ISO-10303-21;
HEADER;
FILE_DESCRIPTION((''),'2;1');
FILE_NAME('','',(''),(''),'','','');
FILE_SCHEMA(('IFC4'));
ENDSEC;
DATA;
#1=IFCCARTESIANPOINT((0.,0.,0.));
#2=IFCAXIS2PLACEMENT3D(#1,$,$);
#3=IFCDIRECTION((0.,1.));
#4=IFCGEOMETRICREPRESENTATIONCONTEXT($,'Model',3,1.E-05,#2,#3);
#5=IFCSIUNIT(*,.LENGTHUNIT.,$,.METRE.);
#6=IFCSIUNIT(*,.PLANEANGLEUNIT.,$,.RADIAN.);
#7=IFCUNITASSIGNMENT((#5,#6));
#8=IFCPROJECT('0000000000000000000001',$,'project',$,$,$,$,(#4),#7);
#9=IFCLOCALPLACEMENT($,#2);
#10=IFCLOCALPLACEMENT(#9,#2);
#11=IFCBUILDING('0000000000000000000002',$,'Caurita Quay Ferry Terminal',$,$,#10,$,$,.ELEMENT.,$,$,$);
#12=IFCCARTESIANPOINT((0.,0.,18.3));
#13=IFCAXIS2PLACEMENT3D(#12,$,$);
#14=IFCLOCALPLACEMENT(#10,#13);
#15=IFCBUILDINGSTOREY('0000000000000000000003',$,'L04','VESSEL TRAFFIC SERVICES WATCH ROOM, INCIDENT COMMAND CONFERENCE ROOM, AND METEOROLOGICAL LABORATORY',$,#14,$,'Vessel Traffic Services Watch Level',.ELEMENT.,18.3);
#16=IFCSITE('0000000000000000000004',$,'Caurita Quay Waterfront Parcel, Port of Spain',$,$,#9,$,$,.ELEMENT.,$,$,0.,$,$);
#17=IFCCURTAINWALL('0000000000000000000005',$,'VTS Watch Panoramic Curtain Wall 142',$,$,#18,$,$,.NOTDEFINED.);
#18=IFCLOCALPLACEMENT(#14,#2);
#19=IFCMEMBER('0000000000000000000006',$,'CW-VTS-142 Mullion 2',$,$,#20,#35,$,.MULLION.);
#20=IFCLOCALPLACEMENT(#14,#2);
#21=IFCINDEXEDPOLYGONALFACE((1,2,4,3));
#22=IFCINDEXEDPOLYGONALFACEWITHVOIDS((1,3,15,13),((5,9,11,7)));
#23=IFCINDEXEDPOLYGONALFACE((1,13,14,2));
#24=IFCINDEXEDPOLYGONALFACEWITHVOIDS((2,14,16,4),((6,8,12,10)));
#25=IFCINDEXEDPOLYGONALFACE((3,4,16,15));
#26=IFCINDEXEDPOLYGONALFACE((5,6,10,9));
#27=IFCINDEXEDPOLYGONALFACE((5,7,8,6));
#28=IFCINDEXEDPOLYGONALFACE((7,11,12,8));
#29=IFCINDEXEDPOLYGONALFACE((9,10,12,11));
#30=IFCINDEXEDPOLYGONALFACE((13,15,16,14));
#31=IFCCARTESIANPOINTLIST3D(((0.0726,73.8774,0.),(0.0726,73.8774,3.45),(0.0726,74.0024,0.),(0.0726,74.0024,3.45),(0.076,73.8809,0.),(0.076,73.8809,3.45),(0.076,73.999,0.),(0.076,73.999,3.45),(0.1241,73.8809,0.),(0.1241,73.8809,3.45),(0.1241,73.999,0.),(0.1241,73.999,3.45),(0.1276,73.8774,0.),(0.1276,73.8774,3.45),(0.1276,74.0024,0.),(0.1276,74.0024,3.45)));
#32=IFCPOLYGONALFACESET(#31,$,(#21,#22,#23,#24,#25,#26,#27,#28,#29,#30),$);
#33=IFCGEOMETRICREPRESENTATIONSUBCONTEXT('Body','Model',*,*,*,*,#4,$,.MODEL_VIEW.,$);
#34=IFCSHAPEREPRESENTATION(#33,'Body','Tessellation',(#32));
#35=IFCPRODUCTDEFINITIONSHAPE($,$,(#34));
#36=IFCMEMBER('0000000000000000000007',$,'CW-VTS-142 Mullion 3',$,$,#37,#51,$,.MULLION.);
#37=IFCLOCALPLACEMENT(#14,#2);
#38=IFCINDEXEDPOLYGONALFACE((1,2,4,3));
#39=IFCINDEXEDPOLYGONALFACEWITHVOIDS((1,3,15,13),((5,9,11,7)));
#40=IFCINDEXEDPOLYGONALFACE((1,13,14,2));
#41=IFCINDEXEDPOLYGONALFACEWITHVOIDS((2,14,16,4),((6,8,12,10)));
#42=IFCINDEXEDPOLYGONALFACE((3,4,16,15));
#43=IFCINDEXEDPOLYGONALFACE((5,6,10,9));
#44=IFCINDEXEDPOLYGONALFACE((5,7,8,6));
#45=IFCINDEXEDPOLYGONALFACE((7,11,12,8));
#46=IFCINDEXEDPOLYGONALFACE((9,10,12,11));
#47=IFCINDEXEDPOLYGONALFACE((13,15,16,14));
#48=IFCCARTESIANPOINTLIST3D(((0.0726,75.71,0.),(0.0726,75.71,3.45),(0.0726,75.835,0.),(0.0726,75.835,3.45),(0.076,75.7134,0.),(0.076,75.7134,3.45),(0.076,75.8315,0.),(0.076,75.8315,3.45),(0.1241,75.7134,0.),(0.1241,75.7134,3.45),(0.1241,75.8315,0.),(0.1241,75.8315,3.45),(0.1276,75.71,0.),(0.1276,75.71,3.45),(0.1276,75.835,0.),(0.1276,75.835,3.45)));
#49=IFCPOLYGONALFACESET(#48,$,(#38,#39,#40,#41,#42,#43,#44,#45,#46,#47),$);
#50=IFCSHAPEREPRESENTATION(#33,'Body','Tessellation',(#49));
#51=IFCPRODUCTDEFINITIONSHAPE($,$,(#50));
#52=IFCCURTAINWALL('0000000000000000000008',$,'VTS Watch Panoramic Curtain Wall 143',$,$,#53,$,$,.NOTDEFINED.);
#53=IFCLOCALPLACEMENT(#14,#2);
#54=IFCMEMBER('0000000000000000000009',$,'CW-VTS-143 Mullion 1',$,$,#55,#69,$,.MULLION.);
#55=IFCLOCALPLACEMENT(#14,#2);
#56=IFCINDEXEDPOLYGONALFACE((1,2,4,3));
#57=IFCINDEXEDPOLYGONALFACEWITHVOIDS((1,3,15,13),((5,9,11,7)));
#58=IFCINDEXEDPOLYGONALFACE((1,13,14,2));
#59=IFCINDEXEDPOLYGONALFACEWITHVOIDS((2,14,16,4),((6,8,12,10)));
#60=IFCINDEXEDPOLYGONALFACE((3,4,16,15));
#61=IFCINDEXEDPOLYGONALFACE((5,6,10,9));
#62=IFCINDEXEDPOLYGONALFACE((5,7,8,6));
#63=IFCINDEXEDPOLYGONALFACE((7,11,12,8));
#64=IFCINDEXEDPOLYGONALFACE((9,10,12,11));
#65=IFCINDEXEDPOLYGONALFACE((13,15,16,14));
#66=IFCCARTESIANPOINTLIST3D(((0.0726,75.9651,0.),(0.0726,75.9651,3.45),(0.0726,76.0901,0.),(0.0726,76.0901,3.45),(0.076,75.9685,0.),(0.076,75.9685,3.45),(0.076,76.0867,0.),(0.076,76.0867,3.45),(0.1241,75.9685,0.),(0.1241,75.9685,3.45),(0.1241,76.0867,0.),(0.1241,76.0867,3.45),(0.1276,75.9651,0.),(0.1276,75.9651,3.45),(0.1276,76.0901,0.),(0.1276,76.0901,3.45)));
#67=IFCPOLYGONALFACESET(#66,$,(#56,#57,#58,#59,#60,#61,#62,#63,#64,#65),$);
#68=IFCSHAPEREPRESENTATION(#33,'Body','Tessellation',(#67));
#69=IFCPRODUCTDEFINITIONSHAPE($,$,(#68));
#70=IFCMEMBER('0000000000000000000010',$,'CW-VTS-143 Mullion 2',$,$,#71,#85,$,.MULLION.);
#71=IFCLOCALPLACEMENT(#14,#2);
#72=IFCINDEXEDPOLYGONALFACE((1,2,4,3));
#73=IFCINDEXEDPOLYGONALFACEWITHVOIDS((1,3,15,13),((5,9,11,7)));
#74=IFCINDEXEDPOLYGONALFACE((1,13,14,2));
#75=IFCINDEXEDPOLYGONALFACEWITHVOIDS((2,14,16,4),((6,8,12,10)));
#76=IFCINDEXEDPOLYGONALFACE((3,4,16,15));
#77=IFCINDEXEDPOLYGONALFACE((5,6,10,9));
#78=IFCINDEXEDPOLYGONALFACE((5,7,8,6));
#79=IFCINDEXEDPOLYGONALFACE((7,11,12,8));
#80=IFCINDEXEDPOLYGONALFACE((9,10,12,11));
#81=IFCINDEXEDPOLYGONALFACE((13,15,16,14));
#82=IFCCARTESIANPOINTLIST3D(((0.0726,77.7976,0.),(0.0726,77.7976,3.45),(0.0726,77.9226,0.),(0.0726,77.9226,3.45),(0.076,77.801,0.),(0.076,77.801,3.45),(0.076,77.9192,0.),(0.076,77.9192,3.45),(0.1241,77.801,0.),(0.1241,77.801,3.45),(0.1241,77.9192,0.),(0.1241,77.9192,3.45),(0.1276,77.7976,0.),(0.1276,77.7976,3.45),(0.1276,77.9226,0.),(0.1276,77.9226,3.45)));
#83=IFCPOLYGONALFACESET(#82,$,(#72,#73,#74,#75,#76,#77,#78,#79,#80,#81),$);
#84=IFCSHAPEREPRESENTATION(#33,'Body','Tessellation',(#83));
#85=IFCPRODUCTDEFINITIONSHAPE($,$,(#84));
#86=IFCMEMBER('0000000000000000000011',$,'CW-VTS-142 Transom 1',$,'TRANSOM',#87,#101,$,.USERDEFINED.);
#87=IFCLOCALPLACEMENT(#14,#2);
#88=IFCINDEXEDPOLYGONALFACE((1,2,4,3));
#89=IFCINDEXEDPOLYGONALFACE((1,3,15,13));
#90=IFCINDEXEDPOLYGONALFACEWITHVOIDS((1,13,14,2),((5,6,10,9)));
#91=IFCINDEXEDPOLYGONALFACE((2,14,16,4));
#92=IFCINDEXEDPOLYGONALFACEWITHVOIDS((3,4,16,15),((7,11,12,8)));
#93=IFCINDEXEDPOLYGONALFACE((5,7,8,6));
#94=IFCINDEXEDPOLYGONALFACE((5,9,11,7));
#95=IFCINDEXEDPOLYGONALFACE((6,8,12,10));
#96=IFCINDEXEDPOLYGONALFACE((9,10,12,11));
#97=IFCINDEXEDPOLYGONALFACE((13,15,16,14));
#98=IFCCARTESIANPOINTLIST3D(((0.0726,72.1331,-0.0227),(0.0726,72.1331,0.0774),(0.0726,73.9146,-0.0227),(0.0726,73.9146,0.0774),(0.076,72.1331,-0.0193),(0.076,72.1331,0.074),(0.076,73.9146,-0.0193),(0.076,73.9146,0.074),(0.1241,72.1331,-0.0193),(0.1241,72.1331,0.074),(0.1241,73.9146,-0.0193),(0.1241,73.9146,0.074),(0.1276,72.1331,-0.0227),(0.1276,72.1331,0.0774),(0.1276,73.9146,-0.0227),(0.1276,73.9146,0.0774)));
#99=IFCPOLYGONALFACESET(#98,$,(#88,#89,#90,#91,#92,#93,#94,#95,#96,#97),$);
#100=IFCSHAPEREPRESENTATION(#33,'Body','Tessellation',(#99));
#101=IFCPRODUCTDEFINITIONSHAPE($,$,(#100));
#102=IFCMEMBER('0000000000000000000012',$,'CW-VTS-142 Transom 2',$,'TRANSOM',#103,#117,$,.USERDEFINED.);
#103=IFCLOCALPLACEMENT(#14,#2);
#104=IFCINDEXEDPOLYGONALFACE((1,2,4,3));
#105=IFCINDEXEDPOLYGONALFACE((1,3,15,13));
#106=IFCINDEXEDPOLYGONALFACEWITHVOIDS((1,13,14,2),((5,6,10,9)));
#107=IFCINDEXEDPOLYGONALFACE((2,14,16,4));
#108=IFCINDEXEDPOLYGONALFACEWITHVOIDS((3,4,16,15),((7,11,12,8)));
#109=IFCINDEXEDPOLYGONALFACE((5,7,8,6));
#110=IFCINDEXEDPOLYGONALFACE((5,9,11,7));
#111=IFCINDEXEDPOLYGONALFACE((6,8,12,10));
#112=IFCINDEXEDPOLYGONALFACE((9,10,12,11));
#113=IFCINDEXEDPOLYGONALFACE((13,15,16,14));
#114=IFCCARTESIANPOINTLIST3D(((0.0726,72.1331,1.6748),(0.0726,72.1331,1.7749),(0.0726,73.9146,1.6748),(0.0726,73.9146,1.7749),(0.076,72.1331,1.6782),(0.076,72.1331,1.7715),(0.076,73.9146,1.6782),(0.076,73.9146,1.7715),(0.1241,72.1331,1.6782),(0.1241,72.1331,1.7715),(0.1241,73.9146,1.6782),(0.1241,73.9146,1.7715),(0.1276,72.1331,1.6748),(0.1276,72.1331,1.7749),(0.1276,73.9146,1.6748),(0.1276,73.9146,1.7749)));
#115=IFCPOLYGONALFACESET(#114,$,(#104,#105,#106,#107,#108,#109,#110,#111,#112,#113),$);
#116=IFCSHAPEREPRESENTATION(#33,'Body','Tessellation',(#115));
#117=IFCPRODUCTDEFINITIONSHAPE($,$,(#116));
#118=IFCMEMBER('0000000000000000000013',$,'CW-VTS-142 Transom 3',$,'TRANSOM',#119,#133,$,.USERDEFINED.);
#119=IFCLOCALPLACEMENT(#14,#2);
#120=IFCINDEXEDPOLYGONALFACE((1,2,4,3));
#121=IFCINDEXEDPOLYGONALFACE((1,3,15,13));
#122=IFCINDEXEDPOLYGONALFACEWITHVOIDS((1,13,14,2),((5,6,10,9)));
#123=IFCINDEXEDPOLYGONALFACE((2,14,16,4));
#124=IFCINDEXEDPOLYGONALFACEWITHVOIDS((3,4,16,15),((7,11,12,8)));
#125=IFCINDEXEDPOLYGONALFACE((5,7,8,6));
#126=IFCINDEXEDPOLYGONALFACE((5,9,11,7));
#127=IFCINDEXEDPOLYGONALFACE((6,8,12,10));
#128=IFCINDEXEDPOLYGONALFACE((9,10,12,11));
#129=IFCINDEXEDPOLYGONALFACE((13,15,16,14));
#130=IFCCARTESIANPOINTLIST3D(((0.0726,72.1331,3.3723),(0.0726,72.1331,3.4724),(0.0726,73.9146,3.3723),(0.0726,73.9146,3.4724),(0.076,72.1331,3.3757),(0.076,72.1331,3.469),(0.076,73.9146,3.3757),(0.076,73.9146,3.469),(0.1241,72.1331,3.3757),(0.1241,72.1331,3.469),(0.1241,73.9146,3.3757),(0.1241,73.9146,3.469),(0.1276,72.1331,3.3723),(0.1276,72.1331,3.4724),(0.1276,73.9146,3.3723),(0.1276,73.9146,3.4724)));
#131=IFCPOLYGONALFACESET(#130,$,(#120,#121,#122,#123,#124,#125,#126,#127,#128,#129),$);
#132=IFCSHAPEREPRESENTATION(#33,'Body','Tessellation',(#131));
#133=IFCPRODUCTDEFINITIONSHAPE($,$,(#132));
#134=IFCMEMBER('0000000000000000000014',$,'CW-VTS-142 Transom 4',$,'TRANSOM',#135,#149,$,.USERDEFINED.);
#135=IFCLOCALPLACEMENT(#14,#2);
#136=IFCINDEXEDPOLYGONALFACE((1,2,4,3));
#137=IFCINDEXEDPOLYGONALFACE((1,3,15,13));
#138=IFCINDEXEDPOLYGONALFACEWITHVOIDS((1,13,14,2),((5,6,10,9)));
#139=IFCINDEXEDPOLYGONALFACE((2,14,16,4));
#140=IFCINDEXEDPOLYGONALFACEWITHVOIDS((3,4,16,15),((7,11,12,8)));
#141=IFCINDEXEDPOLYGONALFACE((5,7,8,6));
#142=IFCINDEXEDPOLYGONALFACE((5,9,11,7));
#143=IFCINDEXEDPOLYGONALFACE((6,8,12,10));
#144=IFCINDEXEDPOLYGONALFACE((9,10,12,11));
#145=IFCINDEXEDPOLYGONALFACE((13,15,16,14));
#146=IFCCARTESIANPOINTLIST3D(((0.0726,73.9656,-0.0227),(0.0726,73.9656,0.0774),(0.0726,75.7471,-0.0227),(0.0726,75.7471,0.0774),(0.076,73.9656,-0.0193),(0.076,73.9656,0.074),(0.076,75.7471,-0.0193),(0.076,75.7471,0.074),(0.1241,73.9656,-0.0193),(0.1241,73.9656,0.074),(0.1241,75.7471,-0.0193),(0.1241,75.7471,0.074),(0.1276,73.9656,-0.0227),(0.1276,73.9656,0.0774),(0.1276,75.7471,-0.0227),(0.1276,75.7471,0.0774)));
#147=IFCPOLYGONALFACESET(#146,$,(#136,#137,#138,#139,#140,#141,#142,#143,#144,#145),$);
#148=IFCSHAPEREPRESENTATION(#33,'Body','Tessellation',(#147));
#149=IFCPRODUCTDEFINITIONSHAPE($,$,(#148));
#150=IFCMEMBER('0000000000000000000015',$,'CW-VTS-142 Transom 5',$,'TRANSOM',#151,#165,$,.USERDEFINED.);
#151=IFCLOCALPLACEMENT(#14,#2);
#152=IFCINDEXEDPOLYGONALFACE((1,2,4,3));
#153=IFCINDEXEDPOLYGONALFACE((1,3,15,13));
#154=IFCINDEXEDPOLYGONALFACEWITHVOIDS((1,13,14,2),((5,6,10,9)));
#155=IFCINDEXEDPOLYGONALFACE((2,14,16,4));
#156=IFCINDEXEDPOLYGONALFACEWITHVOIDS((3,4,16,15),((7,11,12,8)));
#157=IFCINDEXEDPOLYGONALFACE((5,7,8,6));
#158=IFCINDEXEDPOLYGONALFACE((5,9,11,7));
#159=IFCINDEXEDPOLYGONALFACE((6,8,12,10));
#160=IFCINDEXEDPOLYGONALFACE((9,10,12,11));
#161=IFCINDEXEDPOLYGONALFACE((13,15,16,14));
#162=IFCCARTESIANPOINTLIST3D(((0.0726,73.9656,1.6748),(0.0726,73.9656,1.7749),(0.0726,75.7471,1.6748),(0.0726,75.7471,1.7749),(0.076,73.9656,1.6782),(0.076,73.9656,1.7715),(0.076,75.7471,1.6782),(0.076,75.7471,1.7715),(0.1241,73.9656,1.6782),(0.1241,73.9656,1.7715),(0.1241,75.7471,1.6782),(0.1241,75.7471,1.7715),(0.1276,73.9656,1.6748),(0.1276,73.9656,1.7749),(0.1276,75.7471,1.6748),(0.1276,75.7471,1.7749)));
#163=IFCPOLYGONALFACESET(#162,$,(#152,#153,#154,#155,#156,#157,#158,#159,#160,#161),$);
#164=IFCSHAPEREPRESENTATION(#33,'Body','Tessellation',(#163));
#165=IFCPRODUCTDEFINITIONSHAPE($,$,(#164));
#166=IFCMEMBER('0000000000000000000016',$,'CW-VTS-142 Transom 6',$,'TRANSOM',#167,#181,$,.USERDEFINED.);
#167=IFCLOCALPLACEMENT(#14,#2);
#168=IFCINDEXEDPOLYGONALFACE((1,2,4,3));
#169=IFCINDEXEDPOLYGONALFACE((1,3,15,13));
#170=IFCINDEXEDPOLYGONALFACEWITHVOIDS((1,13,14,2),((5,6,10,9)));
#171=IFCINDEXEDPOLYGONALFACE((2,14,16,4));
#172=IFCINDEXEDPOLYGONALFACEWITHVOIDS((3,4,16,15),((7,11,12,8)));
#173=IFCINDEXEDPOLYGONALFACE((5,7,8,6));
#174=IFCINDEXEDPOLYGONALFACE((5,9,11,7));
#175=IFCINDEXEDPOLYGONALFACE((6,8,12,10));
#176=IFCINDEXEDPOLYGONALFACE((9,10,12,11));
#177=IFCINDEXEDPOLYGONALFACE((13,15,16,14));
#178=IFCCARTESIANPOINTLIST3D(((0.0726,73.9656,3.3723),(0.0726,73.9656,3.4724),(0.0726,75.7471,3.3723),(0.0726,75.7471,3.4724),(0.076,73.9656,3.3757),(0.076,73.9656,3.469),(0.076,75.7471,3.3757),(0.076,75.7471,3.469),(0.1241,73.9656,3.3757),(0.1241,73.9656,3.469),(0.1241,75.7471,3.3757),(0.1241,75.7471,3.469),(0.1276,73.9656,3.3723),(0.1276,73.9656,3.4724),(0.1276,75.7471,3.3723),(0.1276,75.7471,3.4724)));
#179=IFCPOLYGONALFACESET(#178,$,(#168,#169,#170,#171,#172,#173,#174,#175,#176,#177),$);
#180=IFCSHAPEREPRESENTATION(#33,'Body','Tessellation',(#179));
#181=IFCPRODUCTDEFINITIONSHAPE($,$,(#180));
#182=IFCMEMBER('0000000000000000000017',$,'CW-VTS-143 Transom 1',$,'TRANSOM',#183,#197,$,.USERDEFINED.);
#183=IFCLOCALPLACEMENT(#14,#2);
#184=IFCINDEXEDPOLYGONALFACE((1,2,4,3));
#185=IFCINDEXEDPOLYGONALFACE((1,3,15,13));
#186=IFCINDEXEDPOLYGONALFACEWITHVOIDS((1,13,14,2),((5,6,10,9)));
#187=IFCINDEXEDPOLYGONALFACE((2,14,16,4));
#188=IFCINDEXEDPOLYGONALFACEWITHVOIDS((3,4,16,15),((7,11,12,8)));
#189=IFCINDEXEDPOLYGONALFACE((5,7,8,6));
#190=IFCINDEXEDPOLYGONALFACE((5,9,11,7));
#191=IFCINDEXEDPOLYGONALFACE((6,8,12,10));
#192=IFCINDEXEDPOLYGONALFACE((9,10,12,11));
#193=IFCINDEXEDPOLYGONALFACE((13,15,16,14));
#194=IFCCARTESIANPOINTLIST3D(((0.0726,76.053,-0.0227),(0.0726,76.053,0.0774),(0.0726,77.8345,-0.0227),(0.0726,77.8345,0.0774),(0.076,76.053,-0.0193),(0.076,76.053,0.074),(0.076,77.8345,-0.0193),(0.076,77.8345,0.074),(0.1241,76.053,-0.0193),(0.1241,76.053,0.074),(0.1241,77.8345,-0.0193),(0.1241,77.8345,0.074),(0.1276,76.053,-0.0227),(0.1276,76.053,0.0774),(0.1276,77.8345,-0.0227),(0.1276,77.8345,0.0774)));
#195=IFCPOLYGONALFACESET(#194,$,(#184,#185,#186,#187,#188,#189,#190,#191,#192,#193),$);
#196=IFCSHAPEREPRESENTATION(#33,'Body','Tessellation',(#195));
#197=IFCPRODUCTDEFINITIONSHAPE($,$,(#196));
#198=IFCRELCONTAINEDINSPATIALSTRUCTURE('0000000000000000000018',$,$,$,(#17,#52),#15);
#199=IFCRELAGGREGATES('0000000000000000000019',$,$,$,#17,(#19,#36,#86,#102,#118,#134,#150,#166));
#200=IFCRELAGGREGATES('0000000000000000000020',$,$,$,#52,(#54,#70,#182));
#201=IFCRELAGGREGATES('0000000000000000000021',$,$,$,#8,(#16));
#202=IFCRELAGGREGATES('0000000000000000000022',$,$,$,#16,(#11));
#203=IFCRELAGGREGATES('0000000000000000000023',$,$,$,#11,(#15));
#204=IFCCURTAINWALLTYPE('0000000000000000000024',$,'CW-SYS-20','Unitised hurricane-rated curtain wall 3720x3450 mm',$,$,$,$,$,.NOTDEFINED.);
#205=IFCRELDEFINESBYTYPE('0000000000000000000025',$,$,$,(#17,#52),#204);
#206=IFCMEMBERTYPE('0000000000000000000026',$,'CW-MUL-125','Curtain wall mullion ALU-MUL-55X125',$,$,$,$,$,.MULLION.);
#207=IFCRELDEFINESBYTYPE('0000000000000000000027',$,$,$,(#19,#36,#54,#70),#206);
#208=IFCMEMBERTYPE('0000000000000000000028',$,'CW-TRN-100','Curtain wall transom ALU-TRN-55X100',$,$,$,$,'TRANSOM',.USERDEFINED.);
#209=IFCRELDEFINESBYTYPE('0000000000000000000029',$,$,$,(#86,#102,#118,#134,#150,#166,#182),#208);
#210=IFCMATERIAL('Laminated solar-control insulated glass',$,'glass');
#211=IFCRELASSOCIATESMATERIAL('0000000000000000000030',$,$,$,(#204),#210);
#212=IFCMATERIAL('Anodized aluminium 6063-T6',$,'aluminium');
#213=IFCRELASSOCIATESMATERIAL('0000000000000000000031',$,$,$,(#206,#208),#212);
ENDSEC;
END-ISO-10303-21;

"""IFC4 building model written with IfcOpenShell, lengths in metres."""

from ifc_helpers import new_model, si_unit, direction, frame, origin, origin_2d, place, context, subcontext, project, spatial, hollow_rectangle, extrude, material, material_profile, profile_set, type_object, element, aggregate, save


model = new_model("IFC4")

# Units and contexts
model_context = context("Model", 3, precision=1e-05, world=origin(), true_north=direction((0.0, 1.0)))
body_context = subcontext(model_context, "Body", "Model", "MODEL_VIEW")
ifc_project = project(units=[si_unit("LENGTHUNIT", "METRE"), si_unit("PLANEANGLEUNIT", "RADIAN")], contexts=[model_context])

# Site, building, storey
site_placement = place(None, origin())
site = spatial("IfcSite", under=ifc_project, at=site_placement, Name="Caurita Quay Waterfront Parcel, Port of Spain", CompositionType="ELEMENT", RefElevation=0.0)
building_placement = place(site_placement, origin())
building = spatial("IfcBuilding", under=site, at=building_placement, Name="Caurita Quay Ferry Terminal", CompositionType="ELEMENT")
storey_placement = place(building_placement, frame((0.0, 0.0, 18.3)))
storey = spatial("IfcBuildingStorey", under=building, at=storey_placement, Name="L04", Description="VESSEL TRAFFIC SERVICES WATCH ROOM, INCIDENT COMMAND CONFERENCE ROOM, AND METEOROLOGICAL LABORATORY", LongName="Vessel Traffic Services Watch Level", CompositionType="ELEMENT", Elevation=18.3)

# Curtain walls, members
ifc_material_1 = material(Name="Laminated solar-control insulated glass", Category="glass")
curtain_wall_type = type_object("IfcCurtainWallType", Name="CW-SYS-20", Description="Unitised hurricane-rated curtain wall 3720x3450 mm", PredefinedType="NOTDEFINED", material=ifc_material_1)
curtain_wall_1_placement = place(storey_placement, origin())
curtain_wall_1 = element("IfcCurtainWall", 1, at=curtain_wall_1_placement, inside=storey, type_object=curtain_wall_type, Name="VTS Watch Panoramic Curtain Wall 142", PredefinedType="NOTDEFINED")
ifc_material_2 = material(Name="Anodized aluminium 6063-T6", Category="aluminium")
ifc_material_profile_1 = material_profile(ifc_material_2, hollow_rectangle(XDim=0.0549, YDim=0.125, WallThickness=0.0034, at=origin_2d()), Name="ALU-MUL-55X125")
ifc_profile_set_1 = profile_set([ifc_material_profile_1], Name="Anodized aluminium 6063-T6")
member_type_1 = type_object("IfcMemberType", Name="CW-MUL-125", Description="Curtain wall mullion ALU-MUL-55X125", PredefinedType="MULLION", material=ifc_profile_set_1)
member_1_placement = place(storey_placement, frame((0.1001, 73.9399, 0.0), z_axis=(0.0, 0.0, 1.0), x_axis=(-1.0, 0.0, 0.0)))
member_1 = element("IfcMember", 2, at=member_1_placement, type_object=member_type_1, Name="CW-VTS-142 Mullion 2", PredefinedType="MULLION", context=body_context, shape_type="SweptSolid", body=[
    extrude(hollow_rectangle(XDim=0.0549, YDim=0.125, WallThickness=0.0034, at=origin_2d()), origin(), (0.0, 0.0, 1.0), 3.45),
])
member_2_placement = place(storey_placement, frame((0.1001, 75.7725, 0.0), z_axis=(0.0, 0.0, 1.0), x_axis=(-1.0, 0.0, 0.0)))
member_2 = element("IfcMember", 3, at=member_2_placement, type_object=member_type_1, Name="CW-VTS-142 Mullion 3", PredefinedType="MULLION", context=body_context, shape_type="SweptSolid", body=[
    extrude(hollow_rectangle(XDim=0.0549, YDim=0.125, WallThickness=0.0034, at=origin_2d()), origin(), (0.0, 0.0, 1.0), 3.45),
])
curtain_wall_2_placement = place(storey_placement, origin())
curtain_wall_2 = element("IfcCurtainWall", 4, at=curtain_wall_2_placement, inside=storey, type_object=curtain_wall_type, Name="VTS Watch Panoramic Curtain Wall 143", PredefinedType="NOTDEFINED")
member_3_placement = place(storey_placement, frame((0.1001, 76.0276, 0.0), z_axis=(0.0, 0.0, 1.0), x_axis=(-1.0, 0.0, 0.0)))
member_3 = element("IfcMember", 5, at=member_3_placement, type_object=member_type_1, Name="CW-VTS-143 Mullion 1", PredefinedType="MULLION", context=body_context, shape_type="SweptSolid", body=[
    extrude(hollow_rectangle(XDim=0.0549, YDim=0.125, WallThickness=0.0034, at=origin_2d()), origin(), (0.0, 0.0, 1.0), 3.45),
])
member_4_placement = place(storey_placement, frame((0.1001, 77.8601, 0.0), z_axis=(0.0, 0.0, 1.0), x_axis=(-1.0, 0.0, 0.0)))
member_4 = element("IfcMember", 6, at=member_4_placement, type_object=member_type_1, Name="CW-VTS-143 Mullion 2", PredefinedType="MULLION", context=body_context, shape_type="SweptSolid", body=[
    extrude(hollow_rectangle(XDim=0.0549, YDim=0.125, WallThickness=0.0034, at=origin_2d()), origin(), (0.0, 0.0, 1.0), 3.45),
])

# Members
ifc_material_profile_2 = material_profile(ifc_material_2, hollow_rectangle(XDim=0.0549, YDim=0.1001, WallThickness=0.0034, at=origin_2d()), Name="ALU-TRN-55X100")
ifc_profile_set_2 = profile_set([ifc_material_profile_2], Name="Anodized aluminium 6063-T6")
member_type_2 = type_object("IfcMemberType", Name="CW-TRN-100", Description="Curtain wall transom ALU-TRN-55X100", ElementType="TRANSOM", PredefinedType="USERDEFINED", material=ifc_profile_set_2)
member_5_placement = place(storey_placement, frame((0.1001, 72.1331, 0.0273), z_axis=(0.0, 1.0, 0.0), x_axis=(-1.0, 0.0, 0.0)))
member_5 = element("IfcMember", 7, at=member_5_placement, type_object=member_type_2, Name="CW-VTS-142 Transom 1", ObjectType="TRANSOM", PredefinedType="USERDEFINED", context=body_context, shape_type="SweptSolid", body=[
    extrude(hollow_rectangle(XDim=0.0549, YDim=0.1001, WallThickness=0.0034, at=origin_2d()), origin(), (0.0, 0.0, 1.0), 1.7815),
])
member_6_placement = place(storey_placement, frame((0.1001, 72.1331, 1.7249), z_axis=(0.0, 1.0, 0.0), x_axis=(-1.0, 0.0, 0.0)))
member_6 = element("IfcMember", 8, at=member_6_placement, type_object=member_type_2, Name="CW-VTS-142 Transom 2", ObjectType="TRANSOM", PredefinedType="USERDEFINED", context=body_context, shape_type="SweptSolid", body=[
    extrude(hollow_rectangle(XDim=0.0549, YDim=0.1001, WallThickness=0.0034, at=origin_2d()), origin(), (0.0, 0.0, 1.0), 1.7815),
])
member_7_placement = place(storey_placement, frame((0.1001, 72.1331, 3.4224), z_axis=(0.0, 1.0, 0.0), x_axis=(-1.0, 0.0, 0.0)))
member_7 = element("IfcMember", 9, at=member_7_placement, type_object=member_type_2, Name="CW-VTS-142 Transom 3", ObjectType="TRANSOM", PredefinedType="USERDEFINED", context=body_context, shape_type="SweptSolid", body=[
    extrude(hollow_rectangle(XDim=0.0549, YDim=0.1001, WallThickness=0.0034, at=origin_2d()), origin(), (0.0, 0.0, 1.0), 1.7815),
])
member_8_placement = place(storey_placement, frame((0.1001, 73.9656, 0.0273), z_axis=(0.0, 1.0, 0.0), x_axis=(-1.0, 0.0, 0.0)))
member_8 = element("IfcMember", 10, at=member_8_placement, type_object=member_type_2, Name="CW-VTS-142 Transom 4", ObjectType="TRANSOM", PredefinedType="USERDEFINED", context=body_context, shape_type="SweptSolid", body=[
    extrude(hollow_rectangle(XDim=0.0549, YDim=0.1001, WallThickness=0.0034, at=origin_2d()), origin(), (0.0, 0.0, 1.0), 1.7815),
])
member_9_placement = place(storey_placement, frame((0.1001, 73.9656, 1.7249), z_axis=(0.0, 1.0, 0.0), x_axis=(-1.0, 0.0, 0.0)))
member_9 = element("IfcMember", 11, at=member_9_placement, type_object=member_type_2, Name="CW-VTS-142 Transom 5", ObjectType="TRANSOM", PredefinedType="USERDEFINED", context=body_context, shape_type="SweptSolid", body=[
    extrude(hollow_rectangle(XDim=0.0549, YDim=0.1001, WallThickness=0.0034, at=origin_2d()), origin(), (0.0, 0.0, 1.0), 1.7815),
])
member_10_placement = place(storey_placement, frame((0.1001, 73.9656, 3.4224), z_axis=(0.0, 1.0, 0.0), x_axis=(-1.0, 0.0, 0.0)))
member_10 = element("IfcMember", 12, at=member_10_placement, type_object=member_type_2, Name="CW-VTS-142 Transom 6", ObjectType="TRANSOM", PredefinedType="USERDEFINED", context=body_context, shape_type="SweptSolid", body=[
    extrude(hollow_rectangle(XDim=0.0549, YDim=0.1001, WallThickness=0.0034, at=origin_2d()), origin(), (0.0, 0.0, 1.0), 1.7815),
])
member_11_placement = place(storey_placement, frame((0.1001, 76.053, 0.0273), z_axis=(0.0, 1.0, 0.0), x_axis=(-1.0, 0.0, 0.0)))
member_11 = element("IfcMember", 13, at=member_11_placement, type_object=member_type_2, Name="CW-VTS-143 Transom 1", ObjectType="TRANSOM", PredefinedType="USERDEFINED", context=body_context, shape_type="SweptSolid", body=[
    extrude(hollow_rectangle(XDim=0.0549, YDim=0.1001, WallThickness=0.0034, at=origin_2d()), origin(), (0.0, 0.0, 1.0), 1.7815),
])

aggregate(curtain_wall_1, [member_1, member_2, member_5, member_6, member_7, member_8, member_9, member_10])
aggregate(curtain_wall_2, [member_3, member_4, member_11])

save(model, "model.ifc")
